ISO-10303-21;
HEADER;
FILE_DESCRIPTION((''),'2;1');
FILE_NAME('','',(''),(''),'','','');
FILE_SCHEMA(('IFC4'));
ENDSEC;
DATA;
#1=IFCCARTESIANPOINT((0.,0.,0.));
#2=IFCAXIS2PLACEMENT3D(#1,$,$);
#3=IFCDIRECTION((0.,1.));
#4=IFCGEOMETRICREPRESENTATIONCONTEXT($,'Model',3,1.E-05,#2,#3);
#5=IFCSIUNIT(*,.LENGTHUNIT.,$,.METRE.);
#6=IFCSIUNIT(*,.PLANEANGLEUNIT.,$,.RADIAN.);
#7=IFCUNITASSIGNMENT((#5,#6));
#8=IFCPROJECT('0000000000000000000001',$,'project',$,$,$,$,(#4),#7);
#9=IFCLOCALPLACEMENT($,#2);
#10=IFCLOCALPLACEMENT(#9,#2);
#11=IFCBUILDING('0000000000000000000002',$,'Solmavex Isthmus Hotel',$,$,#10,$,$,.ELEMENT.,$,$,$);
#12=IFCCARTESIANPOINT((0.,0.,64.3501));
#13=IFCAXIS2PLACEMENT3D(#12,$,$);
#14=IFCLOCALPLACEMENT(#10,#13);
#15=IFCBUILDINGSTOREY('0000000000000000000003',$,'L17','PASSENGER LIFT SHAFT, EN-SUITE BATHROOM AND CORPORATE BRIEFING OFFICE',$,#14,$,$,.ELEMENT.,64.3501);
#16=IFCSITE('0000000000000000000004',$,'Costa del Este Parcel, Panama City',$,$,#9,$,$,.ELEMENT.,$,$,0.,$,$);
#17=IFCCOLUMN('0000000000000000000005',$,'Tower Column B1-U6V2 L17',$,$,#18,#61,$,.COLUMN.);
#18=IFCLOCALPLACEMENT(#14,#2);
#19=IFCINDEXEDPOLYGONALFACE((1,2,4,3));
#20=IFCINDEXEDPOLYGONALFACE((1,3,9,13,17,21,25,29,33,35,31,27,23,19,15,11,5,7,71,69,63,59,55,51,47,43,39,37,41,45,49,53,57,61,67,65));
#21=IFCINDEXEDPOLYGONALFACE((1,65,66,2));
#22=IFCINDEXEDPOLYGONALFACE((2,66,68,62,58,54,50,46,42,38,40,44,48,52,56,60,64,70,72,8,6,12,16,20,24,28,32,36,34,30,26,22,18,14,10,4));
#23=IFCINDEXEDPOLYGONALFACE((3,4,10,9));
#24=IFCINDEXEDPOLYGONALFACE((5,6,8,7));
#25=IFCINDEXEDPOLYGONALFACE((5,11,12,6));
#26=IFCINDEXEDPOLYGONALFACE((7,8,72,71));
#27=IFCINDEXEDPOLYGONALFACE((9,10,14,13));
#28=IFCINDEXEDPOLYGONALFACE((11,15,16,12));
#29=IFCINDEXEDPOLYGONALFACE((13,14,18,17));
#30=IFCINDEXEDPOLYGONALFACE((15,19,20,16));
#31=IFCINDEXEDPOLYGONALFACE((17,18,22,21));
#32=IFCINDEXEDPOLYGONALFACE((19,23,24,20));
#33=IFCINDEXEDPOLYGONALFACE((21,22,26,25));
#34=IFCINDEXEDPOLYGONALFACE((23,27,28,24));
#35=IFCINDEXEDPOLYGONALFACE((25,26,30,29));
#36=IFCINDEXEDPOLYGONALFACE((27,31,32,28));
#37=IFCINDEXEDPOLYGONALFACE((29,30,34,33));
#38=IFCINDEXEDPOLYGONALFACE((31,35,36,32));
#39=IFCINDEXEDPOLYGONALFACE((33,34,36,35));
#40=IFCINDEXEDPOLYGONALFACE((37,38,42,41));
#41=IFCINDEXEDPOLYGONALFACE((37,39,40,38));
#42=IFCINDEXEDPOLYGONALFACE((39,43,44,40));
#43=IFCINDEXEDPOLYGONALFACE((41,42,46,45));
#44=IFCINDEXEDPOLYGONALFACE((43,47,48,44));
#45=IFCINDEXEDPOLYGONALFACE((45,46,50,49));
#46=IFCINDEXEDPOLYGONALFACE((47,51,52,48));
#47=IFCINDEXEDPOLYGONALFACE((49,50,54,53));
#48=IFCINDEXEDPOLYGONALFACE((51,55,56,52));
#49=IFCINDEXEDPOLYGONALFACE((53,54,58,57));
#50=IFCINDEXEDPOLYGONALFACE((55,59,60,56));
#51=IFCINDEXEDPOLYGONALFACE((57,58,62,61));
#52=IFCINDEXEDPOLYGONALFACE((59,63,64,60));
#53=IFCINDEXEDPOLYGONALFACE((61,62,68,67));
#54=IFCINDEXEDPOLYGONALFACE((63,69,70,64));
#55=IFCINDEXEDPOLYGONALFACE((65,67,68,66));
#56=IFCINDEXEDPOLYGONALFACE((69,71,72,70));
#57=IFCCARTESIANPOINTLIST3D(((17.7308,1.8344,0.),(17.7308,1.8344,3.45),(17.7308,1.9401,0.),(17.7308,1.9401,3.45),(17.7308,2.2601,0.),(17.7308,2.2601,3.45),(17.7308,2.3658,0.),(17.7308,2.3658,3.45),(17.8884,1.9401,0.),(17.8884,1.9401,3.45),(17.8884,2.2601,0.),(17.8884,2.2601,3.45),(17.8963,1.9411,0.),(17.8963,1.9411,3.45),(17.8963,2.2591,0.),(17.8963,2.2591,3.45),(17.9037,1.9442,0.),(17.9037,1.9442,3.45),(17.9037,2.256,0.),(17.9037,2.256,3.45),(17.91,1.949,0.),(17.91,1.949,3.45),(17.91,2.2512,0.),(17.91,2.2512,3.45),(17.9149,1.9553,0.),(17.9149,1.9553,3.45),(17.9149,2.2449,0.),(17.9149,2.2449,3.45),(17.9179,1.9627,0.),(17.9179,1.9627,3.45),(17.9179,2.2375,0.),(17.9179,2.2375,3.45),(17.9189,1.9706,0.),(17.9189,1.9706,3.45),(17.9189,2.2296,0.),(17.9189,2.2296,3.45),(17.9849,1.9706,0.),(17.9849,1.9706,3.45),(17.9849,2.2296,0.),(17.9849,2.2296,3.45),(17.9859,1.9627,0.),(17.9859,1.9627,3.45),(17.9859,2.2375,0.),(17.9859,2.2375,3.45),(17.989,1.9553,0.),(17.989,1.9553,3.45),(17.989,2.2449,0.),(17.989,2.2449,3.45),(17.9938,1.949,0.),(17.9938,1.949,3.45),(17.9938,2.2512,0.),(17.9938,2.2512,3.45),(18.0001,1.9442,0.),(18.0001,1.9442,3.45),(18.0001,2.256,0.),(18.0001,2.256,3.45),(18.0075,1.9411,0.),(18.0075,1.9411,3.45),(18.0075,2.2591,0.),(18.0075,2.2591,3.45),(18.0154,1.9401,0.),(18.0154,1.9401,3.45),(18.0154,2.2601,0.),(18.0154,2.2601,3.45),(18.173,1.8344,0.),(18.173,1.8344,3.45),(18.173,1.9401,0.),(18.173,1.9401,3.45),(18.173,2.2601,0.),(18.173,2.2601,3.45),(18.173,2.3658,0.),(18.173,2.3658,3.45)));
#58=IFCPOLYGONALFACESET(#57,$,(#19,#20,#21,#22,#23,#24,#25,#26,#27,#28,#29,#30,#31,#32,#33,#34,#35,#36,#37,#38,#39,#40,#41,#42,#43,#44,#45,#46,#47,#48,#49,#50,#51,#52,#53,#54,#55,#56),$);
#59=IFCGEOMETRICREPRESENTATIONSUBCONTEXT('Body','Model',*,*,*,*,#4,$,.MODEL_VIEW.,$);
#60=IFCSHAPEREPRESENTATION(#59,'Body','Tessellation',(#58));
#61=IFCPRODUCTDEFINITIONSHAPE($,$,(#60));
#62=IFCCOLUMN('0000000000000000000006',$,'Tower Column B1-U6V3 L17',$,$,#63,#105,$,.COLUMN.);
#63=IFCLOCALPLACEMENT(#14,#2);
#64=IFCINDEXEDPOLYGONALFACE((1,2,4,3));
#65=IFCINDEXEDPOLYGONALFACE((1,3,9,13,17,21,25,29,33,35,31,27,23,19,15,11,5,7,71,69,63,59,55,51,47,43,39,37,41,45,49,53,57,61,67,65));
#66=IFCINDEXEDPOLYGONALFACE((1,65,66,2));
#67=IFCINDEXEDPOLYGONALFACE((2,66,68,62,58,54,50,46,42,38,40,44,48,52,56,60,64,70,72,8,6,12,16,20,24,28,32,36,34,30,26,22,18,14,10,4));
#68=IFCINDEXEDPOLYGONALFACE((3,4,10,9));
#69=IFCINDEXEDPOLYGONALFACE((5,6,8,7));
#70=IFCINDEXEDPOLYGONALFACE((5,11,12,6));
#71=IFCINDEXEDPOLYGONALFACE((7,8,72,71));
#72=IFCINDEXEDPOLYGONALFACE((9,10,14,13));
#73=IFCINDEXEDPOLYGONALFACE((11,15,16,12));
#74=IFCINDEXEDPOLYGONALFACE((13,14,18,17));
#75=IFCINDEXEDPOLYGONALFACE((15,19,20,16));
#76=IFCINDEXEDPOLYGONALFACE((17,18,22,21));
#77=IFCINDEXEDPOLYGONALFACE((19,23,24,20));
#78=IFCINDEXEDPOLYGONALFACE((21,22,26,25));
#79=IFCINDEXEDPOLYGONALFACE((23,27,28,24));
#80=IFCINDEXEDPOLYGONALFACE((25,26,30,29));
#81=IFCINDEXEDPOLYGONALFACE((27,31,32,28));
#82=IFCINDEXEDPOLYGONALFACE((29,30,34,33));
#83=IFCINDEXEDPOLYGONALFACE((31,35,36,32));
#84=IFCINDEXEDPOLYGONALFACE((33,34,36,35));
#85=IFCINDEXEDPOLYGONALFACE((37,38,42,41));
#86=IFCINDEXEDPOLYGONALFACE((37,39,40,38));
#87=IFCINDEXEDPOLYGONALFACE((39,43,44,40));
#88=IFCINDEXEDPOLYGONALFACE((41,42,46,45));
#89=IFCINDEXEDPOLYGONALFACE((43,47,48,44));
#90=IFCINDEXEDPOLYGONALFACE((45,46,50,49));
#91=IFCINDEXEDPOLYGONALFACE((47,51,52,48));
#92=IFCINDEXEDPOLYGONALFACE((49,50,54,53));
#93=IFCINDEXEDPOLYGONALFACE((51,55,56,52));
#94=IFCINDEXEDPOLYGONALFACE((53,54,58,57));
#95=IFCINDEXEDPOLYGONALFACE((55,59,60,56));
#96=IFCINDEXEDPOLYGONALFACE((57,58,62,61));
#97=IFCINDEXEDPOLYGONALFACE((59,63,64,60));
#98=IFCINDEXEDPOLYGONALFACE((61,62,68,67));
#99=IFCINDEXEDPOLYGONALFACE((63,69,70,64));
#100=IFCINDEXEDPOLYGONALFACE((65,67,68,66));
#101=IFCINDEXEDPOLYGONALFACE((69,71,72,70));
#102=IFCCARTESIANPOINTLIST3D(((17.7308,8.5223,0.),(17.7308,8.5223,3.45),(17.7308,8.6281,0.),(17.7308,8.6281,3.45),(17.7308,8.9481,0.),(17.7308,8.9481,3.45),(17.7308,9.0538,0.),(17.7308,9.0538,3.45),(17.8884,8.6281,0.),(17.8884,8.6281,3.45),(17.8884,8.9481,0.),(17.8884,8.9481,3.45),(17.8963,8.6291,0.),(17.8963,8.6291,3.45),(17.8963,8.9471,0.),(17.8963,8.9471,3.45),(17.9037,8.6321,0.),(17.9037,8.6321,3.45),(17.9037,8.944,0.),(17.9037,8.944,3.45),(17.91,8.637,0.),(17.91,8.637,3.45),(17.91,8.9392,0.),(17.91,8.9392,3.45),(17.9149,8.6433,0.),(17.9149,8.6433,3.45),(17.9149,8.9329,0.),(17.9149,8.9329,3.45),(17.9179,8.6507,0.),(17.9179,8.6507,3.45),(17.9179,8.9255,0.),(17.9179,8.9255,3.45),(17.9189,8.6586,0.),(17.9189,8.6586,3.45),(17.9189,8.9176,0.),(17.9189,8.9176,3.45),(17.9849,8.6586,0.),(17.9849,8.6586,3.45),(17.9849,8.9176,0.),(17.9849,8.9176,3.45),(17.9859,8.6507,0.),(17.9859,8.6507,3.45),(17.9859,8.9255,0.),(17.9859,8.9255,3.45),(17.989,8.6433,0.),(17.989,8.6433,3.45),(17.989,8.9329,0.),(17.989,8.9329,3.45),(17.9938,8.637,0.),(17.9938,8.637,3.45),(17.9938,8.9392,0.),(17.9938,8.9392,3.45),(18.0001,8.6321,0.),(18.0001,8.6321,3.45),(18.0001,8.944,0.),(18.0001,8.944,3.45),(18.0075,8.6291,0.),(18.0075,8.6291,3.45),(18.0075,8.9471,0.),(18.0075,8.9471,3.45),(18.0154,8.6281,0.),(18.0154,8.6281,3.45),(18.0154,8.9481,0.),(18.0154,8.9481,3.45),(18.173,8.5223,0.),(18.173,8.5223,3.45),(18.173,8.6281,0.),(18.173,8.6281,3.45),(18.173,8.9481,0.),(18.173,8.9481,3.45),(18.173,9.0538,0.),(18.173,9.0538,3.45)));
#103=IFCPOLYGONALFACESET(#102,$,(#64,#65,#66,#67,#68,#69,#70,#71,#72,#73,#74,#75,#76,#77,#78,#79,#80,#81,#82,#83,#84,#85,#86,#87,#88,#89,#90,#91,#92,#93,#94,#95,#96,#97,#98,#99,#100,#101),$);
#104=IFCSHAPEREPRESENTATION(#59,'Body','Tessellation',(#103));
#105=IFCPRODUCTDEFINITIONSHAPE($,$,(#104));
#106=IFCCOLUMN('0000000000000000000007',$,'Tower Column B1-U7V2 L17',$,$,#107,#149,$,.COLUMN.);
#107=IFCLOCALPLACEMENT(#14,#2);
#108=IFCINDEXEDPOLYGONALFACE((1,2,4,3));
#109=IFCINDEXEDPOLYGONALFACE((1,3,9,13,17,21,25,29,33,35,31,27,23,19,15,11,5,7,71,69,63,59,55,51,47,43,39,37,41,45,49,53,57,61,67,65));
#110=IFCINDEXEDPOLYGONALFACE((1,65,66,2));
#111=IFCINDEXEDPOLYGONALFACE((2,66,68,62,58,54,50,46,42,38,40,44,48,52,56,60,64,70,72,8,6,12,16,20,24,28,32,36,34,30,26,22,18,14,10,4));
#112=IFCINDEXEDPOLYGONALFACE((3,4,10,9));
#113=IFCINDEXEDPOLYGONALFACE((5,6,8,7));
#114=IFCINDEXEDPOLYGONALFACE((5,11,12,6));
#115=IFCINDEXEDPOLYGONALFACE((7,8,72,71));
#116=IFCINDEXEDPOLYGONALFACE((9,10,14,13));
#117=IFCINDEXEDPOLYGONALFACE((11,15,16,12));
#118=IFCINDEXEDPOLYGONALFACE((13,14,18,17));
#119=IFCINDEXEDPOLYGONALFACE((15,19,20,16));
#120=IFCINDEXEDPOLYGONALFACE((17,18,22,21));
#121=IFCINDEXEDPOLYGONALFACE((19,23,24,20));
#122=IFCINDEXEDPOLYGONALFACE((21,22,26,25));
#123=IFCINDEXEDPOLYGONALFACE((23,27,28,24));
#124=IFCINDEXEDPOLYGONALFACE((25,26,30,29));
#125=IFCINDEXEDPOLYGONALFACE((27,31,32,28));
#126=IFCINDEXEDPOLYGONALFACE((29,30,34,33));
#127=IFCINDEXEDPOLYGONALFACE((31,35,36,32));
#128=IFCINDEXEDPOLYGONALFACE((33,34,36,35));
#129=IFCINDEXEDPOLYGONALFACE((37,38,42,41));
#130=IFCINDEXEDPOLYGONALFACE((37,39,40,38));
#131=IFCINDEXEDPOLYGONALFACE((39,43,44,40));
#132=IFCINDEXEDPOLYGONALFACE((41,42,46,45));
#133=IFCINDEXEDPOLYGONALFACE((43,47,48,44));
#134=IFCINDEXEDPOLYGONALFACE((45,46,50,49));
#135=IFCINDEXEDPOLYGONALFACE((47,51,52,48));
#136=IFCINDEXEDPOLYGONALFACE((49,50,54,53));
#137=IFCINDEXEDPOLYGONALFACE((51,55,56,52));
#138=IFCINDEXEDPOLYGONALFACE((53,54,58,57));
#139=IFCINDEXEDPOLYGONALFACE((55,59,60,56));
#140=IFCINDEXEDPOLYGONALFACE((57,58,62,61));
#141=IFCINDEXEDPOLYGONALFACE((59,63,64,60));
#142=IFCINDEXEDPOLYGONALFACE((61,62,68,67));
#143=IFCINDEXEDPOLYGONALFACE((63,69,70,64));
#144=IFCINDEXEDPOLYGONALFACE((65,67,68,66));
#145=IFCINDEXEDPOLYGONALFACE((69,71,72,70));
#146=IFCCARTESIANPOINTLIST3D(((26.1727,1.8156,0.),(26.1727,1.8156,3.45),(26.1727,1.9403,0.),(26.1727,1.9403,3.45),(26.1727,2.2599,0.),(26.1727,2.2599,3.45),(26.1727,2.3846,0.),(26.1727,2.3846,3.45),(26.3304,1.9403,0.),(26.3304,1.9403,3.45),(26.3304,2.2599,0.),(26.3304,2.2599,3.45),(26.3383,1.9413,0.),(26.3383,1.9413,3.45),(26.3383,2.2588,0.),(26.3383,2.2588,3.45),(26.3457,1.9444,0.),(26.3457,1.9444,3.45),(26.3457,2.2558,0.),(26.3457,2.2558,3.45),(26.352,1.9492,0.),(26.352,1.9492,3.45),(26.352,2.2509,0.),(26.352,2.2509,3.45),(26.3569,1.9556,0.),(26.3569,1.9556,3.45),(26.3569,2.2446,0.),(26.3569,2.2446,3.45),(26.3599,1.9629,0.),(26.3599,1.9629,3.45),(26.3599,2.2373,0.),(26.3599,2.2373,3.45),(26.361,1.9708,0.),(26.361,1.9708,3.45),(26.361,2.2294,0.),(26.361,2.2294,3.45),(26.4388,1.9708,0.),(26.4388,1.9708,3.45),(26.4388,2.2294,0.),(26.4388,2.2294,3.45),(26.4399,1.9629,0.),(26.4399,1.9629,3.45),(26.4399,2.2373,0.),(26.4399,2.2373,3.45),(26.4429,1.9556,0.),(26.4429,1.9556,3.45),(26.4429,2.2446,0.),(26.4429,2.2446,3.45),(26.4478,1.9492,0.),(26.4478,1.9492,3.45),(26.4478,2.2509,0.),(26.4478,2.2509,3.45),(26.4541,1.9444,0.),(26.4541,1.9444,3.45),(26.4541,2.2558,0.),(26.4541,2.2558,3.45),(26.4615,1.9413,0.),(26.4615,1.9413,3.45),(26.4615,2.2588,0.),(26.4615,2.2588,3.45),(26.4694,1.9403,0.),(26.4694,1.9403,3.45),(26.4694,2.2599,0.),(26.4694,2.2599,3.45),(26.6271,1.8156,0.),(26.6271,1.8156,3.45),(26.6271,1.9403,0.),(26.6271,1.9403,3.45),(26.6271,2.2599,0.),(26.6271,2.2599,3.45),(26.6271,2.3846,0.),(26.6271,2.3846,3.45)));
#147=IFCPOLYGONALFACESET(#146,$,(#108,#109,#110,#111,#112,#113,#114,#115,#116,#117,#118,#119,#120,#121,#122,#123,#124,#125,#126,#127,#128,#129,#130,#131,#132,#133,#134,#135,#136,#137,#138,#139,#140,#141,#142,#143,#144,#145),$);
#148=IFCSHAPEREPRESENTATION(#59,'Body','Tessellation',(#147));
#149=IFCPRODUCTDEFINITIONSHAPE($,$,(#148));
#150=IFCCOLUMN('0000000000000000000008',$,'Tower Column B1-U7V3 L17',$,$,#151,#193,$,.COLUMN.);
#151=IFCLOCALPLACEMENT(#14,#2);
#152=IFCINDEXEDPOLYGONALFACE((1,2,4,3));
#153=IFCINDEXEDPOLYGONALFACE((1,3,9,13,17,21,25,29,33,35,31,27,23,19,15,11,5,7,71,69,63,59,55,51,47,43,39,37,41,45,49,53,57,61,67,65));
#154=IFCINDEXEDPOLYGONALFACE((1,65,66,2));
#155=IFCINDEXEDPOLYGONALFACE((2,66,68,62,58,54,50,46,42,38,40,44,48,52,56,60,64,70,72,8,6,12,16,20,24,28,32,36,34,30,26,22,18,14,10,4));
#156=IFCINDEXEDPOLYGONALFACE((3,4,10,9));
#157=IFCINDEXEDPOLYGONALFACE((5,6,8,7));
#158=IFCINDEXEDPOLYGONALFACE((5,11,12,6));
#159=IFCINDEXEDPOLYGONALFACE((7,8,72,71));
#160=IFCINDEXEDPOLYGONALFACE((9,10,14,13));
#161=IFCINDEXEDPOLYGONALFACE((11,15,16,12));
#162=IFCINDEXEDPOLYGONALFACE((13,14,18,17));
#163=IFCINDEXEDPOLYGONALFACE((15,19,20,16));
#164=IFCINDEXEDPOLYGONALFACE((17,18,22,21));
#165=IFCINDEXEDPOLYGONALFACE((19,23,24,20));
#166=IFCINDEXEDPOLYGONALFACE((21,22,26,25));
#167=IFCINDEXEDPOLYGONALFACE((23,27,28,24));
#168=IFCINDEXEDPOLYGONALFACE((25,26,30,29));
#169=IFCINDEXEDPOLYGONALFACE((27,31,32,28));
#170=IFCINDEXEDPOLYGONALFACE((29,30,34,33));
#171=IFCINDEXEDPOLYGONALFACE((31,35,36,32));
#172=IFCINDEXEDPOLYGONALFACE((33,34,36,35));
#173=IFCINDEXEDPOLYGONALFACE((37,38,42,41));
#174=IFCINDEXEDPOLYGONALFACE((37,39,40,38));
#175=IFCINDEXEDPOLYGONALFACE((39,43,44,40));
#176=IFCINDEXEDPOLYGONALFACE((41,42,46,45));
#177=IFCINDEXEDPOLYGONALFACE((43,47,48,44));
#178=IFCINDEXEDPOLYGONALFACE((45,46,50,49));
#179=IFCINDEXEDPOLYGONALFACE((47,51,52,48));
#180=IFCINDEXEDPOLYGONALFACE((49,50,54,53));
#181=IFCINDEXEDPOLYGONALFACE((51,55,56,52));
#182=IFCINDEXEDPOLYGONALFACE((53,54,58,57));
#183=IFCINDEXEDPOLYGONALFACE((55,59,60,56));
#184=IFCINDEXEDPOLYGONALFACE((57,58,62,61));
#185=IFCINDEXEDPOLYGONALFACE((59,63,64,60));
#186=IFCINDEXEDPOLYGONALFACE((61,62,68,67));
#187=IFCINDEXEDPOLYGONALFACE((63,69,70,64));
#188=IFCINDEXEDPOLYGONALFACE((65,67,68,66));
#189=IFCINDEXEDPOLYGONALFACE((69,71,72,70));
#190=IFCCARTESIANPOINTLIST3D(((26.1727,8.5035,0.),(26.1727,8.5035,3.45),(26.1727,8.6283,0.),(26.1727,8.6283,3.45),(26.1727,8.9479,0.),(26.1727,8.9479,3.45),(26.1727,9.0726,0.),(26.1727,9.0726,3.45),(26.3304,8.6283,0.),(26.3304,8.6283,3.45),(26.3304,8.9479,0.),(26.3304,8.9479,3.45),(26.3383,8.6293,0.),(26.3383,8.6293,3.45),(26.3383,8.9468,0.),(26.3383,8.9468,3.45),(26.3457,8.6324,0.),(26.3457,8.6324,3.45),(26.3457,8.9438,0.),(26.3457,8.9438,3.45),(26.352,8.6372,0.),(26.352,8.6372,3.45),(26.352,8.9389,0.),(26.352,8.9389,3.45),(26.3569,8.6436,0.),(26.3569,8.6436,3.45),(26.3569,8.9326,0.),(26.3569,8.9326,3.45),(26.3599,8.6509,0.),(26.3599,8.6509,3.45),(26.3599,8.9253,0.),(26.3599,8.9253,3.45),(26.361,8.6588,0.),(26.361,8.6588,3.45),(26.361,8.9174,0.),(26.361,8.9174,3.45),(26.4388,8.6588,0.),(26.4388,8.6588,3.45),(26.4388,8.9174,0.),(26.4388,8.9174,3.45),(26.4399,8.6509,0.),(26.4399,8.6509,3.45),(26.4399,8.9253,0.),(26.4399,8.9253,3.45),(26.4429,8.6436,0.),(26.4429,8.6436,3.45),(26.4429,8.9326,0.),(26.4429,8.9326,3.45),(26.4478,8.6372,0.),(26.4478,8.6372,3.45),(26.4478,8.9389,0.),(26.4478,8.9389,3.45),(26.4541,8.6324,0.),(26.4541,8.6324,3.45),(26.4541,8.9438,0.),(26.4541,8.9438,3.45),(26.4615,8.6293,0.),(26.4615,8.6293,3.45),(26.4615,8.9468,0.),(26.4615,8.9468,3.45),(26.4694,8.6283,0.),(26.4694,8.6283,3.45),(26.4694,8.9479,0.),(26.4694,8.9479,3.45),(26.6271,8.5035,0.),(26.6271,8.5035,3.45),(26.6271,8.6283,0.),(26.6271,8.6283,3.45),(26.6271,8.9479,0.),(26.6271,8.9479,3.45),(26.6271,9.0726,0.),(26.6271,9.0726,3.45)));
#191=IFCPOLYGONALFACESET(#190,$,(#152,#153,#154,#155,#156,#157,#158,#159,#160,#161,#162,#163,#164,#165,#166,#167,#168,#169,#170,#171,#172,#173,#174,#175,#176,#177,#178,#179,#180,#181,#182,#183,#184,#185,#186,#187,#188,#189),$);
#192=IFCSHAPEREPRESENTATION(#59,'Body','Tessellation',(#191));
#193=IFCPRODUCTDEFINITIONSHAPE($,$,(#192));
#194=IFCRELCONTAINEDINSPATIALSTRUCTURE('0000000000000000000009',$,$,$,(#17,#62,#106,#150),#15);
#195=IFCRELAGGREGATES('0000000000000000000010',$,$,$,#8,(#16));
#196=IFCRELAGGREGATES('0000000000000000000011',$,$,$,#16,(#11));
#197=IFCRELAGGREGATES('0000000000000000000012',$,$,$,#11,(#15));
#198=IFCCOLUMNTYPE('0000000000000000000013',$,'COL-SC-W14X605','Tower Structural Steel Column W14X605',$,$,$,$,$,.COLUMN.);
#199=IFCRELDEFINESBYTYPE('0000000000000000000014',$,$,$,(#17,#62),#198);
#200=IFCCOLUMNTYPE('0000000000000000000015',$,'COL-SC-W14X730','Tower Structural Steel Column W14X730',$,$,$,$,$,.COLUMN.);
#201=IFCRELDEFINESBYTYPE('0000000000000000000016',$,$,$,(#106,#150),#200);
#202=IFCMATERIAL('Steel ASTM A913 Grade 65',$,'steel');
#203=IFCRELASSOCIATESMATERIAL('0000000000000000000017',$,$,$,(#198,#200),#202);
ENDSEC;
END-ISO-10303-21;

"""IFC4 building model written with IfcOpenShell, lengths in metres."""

from ifc_helpers import new_model, si_unit, direction, frame, origin, origin_2d, place, context, subcontext, project, spatial, i_section, extrude, material, material_profile, profile_set, type_object, element, save


model = new_model("IFC4")

# Units and contexts
model_context = context("Model", 3, precision=1e-05, world=origin(), true_north=direction((0.0, 1.0)))
body_context = subcontext(model_context, "Body", "Model", "MODEL_VIEW")
ifc_project = project(units=[si_unit("LENGTHUNIT", "METRE"), si_unit("PLANEANGLEUNIT", "RADIAN")], contexts=[model_context])

# Site, building, storey
site_placement = place(None, origin())
site = spatial("IfcSite", under=ifc_project, at=site_placement, Name="Costa del Este Parcel, Panama City", CompositionType="ELEMENT", RefElevation=0.0)
building_placement = place(site_placement, origin())
building = spatial("IfcBuilding", under=site, at=building_placement, Name="Solmavex Isthmus Hotel", CompositionType="ELEMENT")
storey_placement = place(building_placement, frame((0.0, 0.0, 64.3501)))
storey = spatial("IfcBuildingStorey", under=building, at=storey_placement, Name="L17", Description="PASSENGER LIFT SHAFT, EN-SUITE BATHROOM AND CORPORATE BRIEFING OFFICE", CompositionType="ELEMENT", Elevation=64.3501)

# Columns
ifc_material_1 = material(Name="Steel ASTM A913 Grade 65", Category="steel")
ifc_material_profile_1 = material_profile(ifc_material_1, i_section(OverallWidth=0.4421, OverallDepth=0.5315, WebThickness=0.0659, FlangeThickness=0.1057, FilletRadius=0.0305, at=origin_2d()), Name="W14X605")
ifc_profile_set_1 = profile_set([ifc_material_profile_1], Name="Steel ASTM A913 Grade 65")
column_type_1 = type_object("IfcColumnType", Name="COL-SC-W14X605", Description="Tower Structural Steel Column W14X605", PredefinedType="COLUMN", material=ifc_profile_set_1)
for number, where, z_axis, x_axis, name in (
    (1, (17.9519, 2.1001, 0.0), (0.0, 0.0, 1.0), (1.0, 0.0, 0.0), "Tower Column B1-U6V2 L17"),
    (2, (17.9519, 8.7881, 0.0), (0.0, 0.0, 1.0), (1.0, 0.0, 0.0), "Tower Column B1-U6V3 L17"),
):
    element("IfcColumn", number, at=place(storey_placement, frame(where, z_axis=z_axis, x_axis=x_axis)), inside=storey, type_object=column_type_1, Name=name, PredefinedType="COLUMN", context=body_context, shape_type="SweptSolid", body=[
        extrude(i_section(OverallWidth=0.4421, OverallDepth=0.5315, WebThickness=0.0659, FlangeThickness=0.1057, FilletRadius=0.0305, at=origin_2d()), origin(), (0.0, 0.0, 1.0), 3.45),
    ])
ifc_material_profile_2 = material_profile(ifc_material_1, i_section(OverallWidth=0.4543, OverallDepth=0.5691, WebThickness=0.0779, FlangeThickness=0.1248, FilletRadius=0.0305, at=origin_2d()), Name="W14X730")
ifc_profile_set_2 = profile_set([ifc_material_profile_2], Name="Steel ASTM A913 Grade 65")
column_type_2 = type_object("IfcColumnType", Name="COL-SC-W14X730", Description="Tower Structural Steel Column W14X730", PredefinedType="COLUMN", material=ifc_profile_set_2)
for number, where, z_axis, x_axis, name in (
    (3, (26.3999, 2.1001, 0.0), (0.0, 0.0, 1.0), (1.0, 0.0, 0.0), "Tower Column B1-U7V2 L17"),
    (4, (26.3999, 8.7881, 0.0), (0.0, 0.0, 1.0), (1.0, 0.0, 0.0), "Tower Column B1-U7V3 L17"),
):
    element("IfcColumn", number, at=place(storey_placement, frame(where, z_axis=z_axis, x_axis=x_axis)), inside=storey, type_object=column_type_2, Name=name, PredefinedType="COLUMN", context=body_context, shape_type="SweptSolid", body=[
        extrude(i_section(OverallWidth=0.4543, OverallDepth=0.5691, WebThickness=0.0779, FlangeThickness=0.1248, FilletRadius=0.0305, at=origin_2d()), origin(), (0.0, 0.0, 1.0), 3.45),
    ])

save(model, "model.ifc")
